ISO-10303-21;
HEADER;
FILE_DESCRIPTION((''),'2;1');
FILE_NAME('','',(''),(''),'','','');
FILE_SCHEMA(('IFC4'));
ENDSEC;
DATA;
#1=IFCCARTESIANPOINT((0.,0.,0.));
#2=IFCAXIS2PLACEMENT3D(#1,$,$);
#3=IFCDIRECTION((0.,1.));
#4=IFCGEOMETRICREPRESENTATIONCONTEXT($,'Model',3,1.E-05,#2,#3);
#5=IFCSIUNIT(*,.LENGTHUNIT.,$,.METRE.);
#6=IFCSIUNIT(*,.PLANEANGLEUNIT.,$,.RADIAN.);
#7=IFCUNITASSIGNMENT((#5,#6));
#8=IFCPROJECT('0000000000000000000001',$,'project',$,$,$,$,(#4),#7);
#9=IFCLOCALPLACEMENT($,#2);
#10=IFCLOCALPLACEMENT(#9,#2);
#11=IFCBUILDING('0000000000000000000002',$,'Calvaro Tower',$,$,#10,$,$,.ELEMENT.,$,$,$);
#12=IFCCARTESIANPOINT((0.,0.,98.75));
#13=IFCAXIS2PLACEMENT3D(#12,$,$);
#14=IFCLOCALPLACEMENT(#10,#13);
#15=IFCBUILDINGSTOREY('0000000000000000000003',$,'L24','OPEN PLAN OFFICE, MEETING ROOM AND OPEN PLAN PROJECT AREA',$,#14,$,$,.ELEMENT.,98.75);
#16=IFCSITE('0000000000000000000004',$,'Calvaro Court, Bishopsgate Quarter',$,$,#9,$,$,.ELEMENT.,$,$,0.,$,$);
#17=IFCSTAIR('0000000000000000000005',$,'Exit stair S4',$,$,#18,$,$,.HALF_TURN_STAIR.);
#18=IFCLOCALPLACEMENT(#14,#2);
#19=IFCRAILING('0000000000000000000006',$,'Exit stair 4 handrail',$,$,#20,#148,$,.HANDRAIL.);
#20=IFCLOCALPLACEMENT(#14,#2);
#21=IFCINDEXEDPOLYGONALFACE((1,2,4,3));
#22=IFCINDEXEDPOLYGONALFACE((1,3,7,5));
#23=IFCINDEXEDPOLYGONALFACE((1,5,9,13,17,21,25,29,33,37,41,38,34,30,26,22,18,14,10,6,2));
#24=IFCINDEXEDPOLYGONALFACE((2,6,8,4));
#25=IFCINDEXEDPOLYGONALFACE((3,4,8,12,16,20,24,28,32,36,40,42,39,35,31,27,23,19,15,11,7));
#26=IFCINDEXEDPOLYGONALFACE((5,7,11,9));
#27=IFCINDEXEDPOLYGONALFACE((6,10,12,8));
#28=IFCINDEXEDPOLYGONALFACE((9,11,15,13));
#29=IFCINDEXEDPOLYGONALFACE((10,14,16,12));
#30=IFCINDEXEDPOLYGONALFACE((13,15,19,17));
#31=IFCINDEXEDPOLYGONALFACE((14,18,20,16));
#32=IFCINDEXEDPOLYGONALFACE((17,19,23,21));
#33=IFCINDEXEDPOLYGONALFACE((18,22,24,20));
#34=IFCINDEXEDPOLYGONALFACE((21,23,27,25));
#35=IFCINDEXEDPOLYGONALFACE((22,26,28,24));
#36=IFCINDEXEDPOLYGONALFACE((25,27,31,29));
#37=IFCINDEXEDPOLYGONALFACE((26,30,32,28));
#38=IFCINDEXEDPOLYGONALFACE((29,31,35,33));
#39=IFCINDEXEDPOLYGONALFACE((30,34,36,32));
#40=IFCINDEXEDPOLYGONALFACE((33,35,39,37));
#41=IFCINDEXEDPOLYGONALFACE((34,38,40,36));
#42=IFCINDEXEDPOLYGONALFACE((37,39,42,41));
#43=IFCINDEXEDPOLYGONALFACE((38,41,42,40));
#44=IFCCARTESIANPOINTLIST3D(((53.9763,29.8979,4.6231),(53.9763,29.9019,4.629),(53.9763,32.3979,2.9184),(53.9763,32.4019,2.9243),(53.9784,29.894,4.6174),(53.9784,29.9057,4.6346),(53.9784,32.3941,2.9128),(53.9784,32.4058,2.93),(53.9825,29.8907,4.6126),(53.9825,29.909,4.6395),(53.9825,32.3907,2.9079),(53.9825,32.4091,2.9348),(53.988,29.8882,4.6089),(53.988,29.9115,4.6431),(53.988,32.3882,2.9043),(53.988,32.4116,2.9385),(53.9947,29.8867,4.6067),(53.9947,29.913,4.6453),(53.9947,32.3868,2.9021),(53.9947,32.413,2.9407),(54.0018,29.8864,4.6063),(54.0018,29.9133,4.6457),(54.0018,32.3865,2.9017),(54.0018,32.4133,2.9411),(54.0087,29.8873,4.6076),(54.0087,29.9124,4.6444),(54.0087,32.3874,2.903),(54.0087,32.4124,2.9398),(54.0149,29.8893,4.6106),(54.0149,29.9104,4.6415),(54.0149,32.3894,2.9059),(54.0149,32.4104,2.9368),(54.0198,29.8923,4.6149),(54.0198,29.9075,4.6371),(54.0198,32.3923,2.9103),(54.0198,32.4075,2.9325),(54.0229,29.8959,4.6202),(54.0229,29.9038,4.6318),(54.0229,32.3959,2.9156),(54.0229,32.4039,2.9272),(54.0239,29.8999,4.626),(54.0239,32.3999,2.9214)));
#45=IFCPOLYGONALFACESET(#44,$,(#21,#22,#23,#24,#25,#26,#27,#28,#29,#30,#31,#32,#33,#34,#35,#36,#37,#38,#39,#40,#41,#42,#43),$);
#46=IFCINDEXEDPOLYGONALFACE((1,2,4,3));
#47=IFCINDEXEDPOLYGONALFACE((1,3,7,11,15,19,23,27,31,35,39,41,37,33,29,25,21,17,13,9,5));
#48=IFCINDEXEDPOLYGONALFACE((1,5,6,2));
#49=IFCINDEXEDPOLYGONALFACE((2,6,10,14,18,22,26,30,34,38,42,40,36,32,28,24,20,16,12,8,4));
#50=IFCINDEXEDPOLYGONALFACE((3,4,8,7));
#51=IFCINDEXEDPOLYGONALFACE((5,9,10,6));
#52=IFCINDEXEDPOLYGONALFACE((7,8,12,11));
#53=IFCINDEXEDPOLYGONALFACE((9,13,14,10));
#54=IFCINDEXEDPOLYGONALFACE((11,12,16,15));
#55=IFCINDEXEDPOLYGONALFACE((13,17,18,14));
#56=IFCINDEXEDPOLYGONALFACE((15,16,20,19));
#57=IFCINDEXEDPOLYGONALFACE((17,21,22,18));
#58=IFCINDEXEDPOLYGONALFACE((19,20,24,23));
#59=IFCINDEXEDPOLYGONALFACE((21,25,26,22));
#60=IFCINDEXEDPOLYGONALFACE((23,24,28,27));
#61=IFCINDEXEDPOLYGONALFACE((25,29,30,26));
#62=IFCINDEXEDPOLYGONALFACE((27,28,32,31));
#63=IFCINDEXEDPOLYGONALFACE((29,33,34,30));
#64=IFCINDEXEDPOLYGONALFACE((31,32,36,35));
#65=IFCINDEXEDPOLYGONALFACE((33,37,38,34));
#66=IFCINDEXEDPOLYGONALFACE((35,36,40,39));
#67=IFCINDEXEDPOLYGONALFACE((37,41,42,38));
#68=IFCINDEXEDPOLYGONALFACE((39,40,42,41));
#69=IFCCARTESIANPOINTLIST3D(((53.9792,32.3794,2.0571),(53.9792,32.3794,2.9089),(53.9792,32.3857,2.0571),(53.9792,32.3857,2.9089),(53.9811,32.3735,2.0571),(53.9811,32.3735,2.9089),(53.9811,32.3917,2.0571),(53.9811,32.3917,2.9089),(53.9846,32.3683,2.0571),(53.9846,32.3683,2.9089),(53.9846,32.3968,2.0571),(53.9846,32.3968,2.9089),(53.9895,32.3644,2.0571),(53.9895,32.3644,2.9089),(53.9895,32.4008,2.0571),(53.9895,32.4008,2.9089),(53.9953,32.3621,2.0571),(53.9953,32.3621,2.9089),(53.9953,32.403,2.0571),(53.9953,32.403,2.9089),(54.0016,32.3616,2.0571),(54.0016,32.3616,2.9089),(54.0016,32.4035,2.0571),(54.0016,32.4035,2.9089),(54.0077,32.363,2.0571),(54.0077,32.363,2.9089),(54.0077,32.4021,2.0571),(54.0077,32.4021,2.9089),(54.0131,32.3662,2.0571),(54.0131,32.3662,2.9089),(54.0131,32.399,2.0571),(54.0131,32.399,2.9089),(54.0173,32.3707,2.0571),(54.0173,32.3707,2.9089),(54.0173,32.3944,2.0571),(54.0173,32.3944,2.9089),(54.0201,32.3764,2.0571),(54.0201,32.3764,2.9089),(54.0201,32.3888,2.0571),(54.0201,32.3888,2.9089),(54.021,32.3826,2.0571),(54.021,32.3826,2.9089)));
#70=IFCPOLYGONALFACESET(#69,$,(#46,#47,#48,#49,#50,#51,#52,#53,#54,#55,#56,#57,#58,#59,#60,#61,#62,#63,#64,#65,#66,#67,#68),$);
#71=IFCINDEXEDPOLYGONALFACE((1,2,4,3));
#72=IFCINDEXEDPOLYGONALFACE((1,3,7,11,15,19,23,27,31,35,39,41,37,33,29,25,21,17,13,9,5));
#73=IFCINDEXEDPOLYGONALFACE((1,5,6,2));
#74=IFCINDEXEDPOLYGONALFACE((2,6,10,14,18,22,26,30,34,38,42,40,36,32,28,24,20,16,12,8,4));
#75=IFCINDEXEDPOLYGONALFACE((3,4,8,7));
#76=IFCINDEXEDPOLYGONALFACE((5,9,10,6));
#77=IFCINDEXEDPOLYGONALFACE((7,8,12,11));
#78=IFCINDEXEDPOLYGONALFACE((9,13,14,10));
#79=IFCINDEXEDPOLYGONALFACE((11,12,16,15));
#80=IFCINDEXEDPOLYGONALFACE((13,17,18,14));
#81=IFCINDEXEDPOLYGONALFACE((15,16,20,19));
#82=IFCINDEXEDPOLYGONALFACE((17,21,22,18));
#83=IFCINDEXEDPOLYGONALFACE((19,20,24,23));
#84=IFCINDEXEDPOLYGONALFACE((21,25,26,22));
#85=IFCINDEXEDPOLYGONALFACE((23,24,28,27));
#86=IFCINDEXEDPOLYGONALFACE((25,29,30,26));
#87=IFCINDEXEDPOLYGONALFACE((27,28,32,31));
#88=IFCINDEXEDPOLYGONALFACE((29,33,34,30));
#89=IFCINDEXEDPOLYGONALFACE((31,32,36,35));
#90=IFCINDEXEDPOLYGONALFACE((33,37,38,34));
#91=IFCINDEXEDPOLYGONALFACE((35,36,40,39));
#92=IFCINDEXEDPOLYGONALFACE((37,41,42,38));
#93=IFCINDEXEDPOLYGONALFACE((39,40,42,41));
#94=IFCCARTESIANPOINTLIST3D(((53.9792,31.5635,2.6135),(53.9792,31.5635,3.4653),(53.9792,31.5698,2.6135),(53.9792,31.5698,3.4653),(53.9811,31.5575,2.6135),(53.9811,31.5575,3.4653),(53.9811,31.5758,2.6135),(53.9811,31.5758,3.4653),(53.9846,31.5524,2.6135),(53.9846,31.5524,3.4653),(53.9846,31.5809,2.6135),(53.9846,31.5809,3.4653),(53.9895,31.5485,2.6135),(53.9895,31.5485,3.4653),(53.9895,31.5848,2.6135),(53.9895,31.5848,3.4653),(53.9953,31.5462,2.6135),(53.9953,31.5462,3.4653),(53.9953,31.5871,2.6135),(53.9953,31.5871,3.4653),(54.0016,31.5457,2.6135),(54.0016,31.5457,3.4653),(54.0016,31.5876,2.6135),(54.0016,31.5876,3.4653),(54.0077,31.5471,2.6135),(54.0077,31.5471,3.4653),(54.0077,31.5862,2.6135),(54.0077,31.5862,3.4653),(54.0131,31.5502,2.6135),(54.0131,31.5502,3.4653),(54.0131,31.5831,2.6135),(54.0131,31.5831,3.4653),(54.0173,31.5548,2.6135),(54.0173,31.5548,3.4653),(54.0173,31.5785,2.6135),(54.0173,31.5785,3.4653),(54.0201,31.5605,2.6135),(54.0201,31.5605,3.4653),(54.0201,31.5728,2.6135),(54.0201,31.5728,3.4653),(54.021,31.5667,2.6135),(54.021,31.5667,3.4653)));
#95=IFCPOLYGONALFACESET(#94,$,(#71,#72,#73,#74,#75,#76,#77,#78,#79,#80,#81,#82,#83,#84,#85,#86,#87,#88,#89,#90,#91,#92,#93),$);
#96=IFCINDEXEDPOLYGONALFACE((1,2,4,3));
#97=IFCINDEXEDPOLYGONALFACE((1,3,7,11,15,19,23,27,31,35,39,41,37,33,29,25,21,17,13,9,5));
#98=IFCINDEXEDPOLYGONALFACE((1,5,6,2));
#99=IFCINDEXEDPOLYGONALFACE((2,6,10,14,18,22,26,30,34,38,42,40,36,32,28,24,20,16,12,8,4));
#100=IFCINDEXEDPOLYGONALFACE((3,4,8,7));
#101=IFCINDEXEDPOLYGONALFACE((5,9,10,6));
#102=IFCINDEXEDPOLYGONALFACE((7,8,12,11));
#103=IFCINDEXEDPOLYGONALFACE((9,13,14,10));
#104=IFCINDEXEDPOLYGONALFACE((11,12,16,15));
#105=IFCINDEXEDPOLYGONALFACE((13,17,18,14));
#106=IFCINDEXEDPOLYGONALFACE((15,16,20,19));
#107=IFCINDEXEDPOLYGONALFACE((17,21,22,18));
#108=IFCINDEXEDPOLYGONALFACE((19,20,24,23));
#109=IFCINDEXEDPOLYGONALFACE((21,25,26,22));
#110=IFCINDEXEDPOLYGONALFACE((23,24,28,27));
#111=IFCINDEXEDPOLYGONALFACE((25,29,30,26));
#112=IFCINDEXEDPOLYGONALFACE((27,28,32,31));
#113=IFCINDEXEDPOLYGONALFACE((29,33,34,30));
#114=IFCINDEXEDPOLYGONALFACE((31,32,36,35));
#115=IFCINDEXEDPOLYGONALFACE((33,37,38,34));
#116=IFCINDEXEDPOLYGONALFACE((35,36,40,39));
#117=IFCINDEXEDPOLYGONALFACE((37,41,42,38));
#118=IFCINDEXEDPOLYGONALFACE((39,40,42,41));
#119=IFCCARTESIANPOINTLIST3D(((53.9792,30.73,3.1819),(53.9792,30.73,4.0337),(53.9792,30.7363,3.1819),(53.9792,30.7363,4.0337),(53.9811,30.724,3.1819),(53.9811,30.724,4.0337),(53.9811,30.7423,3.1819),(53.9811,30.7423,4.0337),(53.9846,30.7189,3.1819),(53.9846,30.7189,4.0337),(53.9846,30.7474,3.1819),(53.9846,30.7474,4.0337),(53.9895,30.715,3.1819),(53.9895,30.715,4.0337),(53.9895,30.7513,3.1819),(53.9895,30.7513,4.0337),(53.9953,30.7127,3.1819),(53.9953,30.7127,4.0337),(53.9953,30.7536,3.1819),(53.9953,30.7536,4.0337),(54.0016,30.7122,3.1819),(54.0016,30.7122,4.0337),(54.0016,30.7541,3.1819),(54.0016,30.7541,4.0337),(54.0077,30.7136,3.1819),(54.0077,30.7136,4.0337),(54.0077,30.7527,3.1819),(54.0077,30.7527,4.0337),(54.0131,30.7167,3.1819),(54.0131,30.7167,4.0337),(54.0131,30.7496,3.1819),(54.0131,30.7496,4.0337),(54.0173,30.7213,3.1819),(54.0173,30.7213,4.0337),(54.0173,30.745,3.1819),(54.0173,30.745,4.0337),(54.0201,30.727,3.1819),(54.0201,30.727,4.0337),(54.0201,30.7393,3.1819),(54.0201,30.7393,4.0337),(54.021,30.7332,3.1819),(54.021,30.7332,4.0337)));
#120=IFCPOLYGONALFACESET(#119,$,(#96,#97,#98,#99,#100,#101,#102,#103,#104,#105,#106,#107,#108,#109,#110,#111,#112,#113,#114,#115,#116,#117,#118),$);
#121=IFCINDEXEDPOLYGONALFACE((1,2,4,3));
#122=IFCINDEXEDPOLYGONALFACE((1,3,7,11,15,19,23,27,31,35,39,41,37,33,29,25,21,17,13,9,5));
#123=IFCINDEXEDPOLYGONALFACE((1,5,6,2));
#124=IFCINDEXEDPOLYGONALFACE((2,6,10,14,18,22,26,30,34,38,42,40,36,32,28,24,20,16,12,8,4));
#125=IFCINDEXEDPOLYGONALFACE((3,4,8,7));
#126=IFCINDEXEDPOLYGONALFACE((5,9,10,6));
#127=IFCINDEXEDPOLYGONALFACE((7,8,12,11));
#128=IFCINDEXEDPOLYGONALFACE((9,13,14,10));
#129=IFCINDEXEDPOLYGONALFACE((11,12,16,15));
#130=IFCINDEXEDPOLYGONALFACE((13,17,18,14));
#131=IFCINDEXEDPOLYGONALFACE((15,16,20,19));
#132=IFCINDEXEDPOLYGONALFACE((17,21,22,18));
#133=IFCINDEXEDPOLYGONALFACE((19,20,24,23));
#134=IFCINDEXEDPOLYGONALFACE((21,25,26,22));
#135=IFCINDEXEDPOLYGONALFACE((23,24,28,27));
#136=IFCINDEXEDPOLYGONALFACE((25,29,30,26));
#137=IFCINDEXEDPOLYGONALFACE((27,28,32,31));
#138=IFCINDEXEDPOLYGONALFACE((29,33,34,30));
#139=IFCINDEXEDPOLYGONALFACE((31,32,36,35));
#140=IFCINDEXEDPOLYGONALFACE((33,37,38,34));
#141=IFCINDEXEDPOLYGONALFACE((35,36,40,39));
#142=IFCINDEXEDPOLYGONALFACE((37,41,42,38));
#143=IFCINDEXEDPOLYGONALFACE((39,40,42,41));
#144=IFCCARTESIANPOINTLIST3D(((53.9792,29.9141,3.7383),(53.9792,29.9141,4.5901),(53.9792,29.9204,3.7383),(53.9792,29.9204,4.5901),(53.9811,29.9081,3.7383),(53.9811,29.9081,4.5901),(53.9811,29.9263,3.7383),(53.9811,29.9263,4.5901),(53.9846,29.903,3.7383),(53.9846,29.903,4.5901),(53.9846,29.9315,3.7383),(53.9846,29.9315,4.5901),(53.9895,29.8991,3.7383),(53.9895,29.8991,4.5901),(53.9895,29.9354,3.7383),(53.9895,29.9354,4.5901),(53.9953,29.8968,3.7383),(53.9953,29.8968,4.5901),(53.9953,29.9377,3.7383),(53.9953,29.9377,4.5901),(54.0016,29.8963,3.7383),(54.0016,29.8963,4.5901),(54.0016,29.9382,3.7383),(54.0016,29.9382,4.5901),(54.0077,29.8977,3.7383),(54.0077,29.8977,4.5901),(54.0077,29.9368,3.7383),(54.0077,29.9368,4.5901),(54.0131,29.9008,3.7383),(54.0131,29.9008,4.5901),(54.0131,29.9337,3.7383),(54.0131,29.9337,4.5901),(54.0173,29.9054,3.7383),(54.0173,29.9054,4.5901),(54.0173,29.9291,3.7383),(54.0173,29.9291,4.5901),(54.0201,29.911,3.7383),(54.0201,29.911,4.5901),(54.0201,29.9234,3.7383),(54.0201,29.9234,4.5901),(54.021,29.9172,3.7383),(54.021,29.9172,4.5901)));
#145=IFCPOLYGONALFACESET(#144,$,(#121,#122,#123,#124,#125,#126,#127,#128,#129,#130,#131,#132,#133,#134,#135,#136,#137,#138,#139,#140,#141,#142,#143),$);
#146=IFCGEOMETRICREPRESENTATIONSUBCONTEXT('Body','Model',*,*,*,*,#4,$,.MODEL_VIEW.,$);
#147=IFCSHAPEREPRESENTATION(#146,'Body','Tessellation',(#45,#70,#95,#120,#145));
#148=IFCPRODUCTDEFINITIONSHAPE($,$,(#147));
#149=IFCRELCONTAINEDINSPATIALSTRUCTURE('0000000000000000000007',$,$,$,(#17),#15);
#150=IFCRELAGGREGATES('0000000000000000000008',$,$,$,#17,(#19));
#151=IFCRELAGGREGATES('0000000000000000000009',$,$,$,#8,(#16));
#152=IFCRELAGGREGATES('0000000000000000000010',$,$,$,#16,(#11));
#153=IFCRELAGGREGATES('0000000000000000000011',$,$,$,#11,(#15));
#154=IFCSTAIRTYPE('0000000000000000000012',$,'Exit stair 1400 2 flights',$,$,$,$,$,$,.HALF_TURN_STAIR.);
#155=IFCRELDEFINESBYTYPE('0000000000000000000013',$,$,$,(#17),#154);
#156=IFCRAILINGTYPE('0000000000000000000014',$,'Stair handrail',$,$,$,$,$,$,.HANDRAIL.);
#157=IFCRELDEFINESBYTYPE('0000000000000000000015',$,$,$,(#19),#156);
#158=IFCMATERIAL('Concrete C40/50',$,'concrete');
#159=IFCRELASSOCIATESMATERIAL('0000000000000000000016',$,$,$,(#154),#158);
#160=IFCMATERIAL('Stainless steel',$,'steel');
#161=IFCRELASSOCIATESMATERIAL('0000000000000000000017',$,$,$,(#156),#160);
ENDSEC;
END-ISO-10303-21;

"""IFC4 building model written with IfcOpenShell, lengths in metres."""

from ifc_helpers import new_model, si_unit, direction, frame, origin, origin_2d, place, context, subcontext, project, spatial, circle, extrude, material, type_object, element, aggregate, save


model = new_model("IFC4")

# Units and contexts
model_context = context("Model", 3, precision=1e-05, world=origin(), true_north=direction((0.0, 1.0)))
body_context = subcontext(model_context, "Body", "Model", "MODEL_VIEW")
ifc_project = project(units=[si_unit("LENGTHUNIT", "METRE"), si_unit("PLANEANGLEUNIT", "RADIAN")], contexts=[model_context])

# Site, building, storey
site_placement = place(None, origin())
site = spatial("IfcSite", under=ifc_project, at=site_placement, Name="Calvaro Court, Bishopsgate Quarter", CompositionType="ELEMENT", RefElevation=0.0)
building_placement = place(site_placement, origin())
building = spatial("IfcBuilding", under=site, at=building_placement, Name="Calvaro Tower", CompositionType="ELEMENT")
storey_placement = place(building_placement, frame((0.0, 0.0, 98.75)))
storey = spatial("IfcBuildingStorey", under=building, at=storey_placement, Name="L24", Description="OPEN PLAN OFFICE, MEETING ROOM AND OPEN PLAN PROJECT AREA", CompositionType="ELEMENT", Elevation=98.75)

# Shared definitions
ifc_material_1 = material(Name="Concrete C40/50", Category="concrete")
stair_type = type_object("IfcStairType", Name="Exit stair 1400 2 flights", PredefinedType="HALF_TURN_STAIR", material=ifc_material_1)

# Stair, railing
stair_1_placement = place(storey_placement, origin())
stair_1 = element("IfcStair", 1, at=stair_1_placement, inside=storey, type_object=stair_type, Name="Exit stair S4", PredefinedType="HALF_TURN_STAIR")
ifc_material_2 = material(Name="Stainless steel", Category="steel")
railing_type = type_object("IfcRailingType", Name="Stair handrail", PredefinedType="HANDRAIL", material=ifc_material_2)
railing_1_placement = place(storey_placement, frame((54.0, 32.3999, 2.0454)))
railing_1 = element("IfcRailing", 2, at=railing_1_placement, type_object=railing_type, Name="Exit stair 4 handrail", PredefinedType="HANDRAIL", context=body_context, shape_type="SweptSolid", body=[
    extrude(circle(Radius=0.0239, at=origin_2d()), frame((0.0, 0.0, 0.876), z_axis=(0.0, -0.826221, 0.563347), x_axis=(1.0, 0.0, 0.0)), (0.0, 0.0, 1.0), 3.0259),
    extrude(circle(Radius=0.021, at=origin_2d()), frame((0.0, -0.0173, 0.0117)), (0.0, 0.0, 1.0), 0.8518),
    extrude(circle(Radius=0.021, at=origin_2d()), frame((0.0, -0.8333, 0.5681)), (0.0, 0.0, 1.0), 0.8518),
    extrude(circle(Radius=0.021, at=origin_2d()), frame((0.0, -1.6667, 1.1365)), (0.0, 0.0, 1.0), 0.8518),
    extrude(circle(Radius=0.021, at=origin_2d()), frame((0.0, -2.4827, 1.6929)), (0.0, 0.0, 1.0), 0.8518),
])
aggregate(stair_1, [railing_1])

save(model, "model.ifc")
